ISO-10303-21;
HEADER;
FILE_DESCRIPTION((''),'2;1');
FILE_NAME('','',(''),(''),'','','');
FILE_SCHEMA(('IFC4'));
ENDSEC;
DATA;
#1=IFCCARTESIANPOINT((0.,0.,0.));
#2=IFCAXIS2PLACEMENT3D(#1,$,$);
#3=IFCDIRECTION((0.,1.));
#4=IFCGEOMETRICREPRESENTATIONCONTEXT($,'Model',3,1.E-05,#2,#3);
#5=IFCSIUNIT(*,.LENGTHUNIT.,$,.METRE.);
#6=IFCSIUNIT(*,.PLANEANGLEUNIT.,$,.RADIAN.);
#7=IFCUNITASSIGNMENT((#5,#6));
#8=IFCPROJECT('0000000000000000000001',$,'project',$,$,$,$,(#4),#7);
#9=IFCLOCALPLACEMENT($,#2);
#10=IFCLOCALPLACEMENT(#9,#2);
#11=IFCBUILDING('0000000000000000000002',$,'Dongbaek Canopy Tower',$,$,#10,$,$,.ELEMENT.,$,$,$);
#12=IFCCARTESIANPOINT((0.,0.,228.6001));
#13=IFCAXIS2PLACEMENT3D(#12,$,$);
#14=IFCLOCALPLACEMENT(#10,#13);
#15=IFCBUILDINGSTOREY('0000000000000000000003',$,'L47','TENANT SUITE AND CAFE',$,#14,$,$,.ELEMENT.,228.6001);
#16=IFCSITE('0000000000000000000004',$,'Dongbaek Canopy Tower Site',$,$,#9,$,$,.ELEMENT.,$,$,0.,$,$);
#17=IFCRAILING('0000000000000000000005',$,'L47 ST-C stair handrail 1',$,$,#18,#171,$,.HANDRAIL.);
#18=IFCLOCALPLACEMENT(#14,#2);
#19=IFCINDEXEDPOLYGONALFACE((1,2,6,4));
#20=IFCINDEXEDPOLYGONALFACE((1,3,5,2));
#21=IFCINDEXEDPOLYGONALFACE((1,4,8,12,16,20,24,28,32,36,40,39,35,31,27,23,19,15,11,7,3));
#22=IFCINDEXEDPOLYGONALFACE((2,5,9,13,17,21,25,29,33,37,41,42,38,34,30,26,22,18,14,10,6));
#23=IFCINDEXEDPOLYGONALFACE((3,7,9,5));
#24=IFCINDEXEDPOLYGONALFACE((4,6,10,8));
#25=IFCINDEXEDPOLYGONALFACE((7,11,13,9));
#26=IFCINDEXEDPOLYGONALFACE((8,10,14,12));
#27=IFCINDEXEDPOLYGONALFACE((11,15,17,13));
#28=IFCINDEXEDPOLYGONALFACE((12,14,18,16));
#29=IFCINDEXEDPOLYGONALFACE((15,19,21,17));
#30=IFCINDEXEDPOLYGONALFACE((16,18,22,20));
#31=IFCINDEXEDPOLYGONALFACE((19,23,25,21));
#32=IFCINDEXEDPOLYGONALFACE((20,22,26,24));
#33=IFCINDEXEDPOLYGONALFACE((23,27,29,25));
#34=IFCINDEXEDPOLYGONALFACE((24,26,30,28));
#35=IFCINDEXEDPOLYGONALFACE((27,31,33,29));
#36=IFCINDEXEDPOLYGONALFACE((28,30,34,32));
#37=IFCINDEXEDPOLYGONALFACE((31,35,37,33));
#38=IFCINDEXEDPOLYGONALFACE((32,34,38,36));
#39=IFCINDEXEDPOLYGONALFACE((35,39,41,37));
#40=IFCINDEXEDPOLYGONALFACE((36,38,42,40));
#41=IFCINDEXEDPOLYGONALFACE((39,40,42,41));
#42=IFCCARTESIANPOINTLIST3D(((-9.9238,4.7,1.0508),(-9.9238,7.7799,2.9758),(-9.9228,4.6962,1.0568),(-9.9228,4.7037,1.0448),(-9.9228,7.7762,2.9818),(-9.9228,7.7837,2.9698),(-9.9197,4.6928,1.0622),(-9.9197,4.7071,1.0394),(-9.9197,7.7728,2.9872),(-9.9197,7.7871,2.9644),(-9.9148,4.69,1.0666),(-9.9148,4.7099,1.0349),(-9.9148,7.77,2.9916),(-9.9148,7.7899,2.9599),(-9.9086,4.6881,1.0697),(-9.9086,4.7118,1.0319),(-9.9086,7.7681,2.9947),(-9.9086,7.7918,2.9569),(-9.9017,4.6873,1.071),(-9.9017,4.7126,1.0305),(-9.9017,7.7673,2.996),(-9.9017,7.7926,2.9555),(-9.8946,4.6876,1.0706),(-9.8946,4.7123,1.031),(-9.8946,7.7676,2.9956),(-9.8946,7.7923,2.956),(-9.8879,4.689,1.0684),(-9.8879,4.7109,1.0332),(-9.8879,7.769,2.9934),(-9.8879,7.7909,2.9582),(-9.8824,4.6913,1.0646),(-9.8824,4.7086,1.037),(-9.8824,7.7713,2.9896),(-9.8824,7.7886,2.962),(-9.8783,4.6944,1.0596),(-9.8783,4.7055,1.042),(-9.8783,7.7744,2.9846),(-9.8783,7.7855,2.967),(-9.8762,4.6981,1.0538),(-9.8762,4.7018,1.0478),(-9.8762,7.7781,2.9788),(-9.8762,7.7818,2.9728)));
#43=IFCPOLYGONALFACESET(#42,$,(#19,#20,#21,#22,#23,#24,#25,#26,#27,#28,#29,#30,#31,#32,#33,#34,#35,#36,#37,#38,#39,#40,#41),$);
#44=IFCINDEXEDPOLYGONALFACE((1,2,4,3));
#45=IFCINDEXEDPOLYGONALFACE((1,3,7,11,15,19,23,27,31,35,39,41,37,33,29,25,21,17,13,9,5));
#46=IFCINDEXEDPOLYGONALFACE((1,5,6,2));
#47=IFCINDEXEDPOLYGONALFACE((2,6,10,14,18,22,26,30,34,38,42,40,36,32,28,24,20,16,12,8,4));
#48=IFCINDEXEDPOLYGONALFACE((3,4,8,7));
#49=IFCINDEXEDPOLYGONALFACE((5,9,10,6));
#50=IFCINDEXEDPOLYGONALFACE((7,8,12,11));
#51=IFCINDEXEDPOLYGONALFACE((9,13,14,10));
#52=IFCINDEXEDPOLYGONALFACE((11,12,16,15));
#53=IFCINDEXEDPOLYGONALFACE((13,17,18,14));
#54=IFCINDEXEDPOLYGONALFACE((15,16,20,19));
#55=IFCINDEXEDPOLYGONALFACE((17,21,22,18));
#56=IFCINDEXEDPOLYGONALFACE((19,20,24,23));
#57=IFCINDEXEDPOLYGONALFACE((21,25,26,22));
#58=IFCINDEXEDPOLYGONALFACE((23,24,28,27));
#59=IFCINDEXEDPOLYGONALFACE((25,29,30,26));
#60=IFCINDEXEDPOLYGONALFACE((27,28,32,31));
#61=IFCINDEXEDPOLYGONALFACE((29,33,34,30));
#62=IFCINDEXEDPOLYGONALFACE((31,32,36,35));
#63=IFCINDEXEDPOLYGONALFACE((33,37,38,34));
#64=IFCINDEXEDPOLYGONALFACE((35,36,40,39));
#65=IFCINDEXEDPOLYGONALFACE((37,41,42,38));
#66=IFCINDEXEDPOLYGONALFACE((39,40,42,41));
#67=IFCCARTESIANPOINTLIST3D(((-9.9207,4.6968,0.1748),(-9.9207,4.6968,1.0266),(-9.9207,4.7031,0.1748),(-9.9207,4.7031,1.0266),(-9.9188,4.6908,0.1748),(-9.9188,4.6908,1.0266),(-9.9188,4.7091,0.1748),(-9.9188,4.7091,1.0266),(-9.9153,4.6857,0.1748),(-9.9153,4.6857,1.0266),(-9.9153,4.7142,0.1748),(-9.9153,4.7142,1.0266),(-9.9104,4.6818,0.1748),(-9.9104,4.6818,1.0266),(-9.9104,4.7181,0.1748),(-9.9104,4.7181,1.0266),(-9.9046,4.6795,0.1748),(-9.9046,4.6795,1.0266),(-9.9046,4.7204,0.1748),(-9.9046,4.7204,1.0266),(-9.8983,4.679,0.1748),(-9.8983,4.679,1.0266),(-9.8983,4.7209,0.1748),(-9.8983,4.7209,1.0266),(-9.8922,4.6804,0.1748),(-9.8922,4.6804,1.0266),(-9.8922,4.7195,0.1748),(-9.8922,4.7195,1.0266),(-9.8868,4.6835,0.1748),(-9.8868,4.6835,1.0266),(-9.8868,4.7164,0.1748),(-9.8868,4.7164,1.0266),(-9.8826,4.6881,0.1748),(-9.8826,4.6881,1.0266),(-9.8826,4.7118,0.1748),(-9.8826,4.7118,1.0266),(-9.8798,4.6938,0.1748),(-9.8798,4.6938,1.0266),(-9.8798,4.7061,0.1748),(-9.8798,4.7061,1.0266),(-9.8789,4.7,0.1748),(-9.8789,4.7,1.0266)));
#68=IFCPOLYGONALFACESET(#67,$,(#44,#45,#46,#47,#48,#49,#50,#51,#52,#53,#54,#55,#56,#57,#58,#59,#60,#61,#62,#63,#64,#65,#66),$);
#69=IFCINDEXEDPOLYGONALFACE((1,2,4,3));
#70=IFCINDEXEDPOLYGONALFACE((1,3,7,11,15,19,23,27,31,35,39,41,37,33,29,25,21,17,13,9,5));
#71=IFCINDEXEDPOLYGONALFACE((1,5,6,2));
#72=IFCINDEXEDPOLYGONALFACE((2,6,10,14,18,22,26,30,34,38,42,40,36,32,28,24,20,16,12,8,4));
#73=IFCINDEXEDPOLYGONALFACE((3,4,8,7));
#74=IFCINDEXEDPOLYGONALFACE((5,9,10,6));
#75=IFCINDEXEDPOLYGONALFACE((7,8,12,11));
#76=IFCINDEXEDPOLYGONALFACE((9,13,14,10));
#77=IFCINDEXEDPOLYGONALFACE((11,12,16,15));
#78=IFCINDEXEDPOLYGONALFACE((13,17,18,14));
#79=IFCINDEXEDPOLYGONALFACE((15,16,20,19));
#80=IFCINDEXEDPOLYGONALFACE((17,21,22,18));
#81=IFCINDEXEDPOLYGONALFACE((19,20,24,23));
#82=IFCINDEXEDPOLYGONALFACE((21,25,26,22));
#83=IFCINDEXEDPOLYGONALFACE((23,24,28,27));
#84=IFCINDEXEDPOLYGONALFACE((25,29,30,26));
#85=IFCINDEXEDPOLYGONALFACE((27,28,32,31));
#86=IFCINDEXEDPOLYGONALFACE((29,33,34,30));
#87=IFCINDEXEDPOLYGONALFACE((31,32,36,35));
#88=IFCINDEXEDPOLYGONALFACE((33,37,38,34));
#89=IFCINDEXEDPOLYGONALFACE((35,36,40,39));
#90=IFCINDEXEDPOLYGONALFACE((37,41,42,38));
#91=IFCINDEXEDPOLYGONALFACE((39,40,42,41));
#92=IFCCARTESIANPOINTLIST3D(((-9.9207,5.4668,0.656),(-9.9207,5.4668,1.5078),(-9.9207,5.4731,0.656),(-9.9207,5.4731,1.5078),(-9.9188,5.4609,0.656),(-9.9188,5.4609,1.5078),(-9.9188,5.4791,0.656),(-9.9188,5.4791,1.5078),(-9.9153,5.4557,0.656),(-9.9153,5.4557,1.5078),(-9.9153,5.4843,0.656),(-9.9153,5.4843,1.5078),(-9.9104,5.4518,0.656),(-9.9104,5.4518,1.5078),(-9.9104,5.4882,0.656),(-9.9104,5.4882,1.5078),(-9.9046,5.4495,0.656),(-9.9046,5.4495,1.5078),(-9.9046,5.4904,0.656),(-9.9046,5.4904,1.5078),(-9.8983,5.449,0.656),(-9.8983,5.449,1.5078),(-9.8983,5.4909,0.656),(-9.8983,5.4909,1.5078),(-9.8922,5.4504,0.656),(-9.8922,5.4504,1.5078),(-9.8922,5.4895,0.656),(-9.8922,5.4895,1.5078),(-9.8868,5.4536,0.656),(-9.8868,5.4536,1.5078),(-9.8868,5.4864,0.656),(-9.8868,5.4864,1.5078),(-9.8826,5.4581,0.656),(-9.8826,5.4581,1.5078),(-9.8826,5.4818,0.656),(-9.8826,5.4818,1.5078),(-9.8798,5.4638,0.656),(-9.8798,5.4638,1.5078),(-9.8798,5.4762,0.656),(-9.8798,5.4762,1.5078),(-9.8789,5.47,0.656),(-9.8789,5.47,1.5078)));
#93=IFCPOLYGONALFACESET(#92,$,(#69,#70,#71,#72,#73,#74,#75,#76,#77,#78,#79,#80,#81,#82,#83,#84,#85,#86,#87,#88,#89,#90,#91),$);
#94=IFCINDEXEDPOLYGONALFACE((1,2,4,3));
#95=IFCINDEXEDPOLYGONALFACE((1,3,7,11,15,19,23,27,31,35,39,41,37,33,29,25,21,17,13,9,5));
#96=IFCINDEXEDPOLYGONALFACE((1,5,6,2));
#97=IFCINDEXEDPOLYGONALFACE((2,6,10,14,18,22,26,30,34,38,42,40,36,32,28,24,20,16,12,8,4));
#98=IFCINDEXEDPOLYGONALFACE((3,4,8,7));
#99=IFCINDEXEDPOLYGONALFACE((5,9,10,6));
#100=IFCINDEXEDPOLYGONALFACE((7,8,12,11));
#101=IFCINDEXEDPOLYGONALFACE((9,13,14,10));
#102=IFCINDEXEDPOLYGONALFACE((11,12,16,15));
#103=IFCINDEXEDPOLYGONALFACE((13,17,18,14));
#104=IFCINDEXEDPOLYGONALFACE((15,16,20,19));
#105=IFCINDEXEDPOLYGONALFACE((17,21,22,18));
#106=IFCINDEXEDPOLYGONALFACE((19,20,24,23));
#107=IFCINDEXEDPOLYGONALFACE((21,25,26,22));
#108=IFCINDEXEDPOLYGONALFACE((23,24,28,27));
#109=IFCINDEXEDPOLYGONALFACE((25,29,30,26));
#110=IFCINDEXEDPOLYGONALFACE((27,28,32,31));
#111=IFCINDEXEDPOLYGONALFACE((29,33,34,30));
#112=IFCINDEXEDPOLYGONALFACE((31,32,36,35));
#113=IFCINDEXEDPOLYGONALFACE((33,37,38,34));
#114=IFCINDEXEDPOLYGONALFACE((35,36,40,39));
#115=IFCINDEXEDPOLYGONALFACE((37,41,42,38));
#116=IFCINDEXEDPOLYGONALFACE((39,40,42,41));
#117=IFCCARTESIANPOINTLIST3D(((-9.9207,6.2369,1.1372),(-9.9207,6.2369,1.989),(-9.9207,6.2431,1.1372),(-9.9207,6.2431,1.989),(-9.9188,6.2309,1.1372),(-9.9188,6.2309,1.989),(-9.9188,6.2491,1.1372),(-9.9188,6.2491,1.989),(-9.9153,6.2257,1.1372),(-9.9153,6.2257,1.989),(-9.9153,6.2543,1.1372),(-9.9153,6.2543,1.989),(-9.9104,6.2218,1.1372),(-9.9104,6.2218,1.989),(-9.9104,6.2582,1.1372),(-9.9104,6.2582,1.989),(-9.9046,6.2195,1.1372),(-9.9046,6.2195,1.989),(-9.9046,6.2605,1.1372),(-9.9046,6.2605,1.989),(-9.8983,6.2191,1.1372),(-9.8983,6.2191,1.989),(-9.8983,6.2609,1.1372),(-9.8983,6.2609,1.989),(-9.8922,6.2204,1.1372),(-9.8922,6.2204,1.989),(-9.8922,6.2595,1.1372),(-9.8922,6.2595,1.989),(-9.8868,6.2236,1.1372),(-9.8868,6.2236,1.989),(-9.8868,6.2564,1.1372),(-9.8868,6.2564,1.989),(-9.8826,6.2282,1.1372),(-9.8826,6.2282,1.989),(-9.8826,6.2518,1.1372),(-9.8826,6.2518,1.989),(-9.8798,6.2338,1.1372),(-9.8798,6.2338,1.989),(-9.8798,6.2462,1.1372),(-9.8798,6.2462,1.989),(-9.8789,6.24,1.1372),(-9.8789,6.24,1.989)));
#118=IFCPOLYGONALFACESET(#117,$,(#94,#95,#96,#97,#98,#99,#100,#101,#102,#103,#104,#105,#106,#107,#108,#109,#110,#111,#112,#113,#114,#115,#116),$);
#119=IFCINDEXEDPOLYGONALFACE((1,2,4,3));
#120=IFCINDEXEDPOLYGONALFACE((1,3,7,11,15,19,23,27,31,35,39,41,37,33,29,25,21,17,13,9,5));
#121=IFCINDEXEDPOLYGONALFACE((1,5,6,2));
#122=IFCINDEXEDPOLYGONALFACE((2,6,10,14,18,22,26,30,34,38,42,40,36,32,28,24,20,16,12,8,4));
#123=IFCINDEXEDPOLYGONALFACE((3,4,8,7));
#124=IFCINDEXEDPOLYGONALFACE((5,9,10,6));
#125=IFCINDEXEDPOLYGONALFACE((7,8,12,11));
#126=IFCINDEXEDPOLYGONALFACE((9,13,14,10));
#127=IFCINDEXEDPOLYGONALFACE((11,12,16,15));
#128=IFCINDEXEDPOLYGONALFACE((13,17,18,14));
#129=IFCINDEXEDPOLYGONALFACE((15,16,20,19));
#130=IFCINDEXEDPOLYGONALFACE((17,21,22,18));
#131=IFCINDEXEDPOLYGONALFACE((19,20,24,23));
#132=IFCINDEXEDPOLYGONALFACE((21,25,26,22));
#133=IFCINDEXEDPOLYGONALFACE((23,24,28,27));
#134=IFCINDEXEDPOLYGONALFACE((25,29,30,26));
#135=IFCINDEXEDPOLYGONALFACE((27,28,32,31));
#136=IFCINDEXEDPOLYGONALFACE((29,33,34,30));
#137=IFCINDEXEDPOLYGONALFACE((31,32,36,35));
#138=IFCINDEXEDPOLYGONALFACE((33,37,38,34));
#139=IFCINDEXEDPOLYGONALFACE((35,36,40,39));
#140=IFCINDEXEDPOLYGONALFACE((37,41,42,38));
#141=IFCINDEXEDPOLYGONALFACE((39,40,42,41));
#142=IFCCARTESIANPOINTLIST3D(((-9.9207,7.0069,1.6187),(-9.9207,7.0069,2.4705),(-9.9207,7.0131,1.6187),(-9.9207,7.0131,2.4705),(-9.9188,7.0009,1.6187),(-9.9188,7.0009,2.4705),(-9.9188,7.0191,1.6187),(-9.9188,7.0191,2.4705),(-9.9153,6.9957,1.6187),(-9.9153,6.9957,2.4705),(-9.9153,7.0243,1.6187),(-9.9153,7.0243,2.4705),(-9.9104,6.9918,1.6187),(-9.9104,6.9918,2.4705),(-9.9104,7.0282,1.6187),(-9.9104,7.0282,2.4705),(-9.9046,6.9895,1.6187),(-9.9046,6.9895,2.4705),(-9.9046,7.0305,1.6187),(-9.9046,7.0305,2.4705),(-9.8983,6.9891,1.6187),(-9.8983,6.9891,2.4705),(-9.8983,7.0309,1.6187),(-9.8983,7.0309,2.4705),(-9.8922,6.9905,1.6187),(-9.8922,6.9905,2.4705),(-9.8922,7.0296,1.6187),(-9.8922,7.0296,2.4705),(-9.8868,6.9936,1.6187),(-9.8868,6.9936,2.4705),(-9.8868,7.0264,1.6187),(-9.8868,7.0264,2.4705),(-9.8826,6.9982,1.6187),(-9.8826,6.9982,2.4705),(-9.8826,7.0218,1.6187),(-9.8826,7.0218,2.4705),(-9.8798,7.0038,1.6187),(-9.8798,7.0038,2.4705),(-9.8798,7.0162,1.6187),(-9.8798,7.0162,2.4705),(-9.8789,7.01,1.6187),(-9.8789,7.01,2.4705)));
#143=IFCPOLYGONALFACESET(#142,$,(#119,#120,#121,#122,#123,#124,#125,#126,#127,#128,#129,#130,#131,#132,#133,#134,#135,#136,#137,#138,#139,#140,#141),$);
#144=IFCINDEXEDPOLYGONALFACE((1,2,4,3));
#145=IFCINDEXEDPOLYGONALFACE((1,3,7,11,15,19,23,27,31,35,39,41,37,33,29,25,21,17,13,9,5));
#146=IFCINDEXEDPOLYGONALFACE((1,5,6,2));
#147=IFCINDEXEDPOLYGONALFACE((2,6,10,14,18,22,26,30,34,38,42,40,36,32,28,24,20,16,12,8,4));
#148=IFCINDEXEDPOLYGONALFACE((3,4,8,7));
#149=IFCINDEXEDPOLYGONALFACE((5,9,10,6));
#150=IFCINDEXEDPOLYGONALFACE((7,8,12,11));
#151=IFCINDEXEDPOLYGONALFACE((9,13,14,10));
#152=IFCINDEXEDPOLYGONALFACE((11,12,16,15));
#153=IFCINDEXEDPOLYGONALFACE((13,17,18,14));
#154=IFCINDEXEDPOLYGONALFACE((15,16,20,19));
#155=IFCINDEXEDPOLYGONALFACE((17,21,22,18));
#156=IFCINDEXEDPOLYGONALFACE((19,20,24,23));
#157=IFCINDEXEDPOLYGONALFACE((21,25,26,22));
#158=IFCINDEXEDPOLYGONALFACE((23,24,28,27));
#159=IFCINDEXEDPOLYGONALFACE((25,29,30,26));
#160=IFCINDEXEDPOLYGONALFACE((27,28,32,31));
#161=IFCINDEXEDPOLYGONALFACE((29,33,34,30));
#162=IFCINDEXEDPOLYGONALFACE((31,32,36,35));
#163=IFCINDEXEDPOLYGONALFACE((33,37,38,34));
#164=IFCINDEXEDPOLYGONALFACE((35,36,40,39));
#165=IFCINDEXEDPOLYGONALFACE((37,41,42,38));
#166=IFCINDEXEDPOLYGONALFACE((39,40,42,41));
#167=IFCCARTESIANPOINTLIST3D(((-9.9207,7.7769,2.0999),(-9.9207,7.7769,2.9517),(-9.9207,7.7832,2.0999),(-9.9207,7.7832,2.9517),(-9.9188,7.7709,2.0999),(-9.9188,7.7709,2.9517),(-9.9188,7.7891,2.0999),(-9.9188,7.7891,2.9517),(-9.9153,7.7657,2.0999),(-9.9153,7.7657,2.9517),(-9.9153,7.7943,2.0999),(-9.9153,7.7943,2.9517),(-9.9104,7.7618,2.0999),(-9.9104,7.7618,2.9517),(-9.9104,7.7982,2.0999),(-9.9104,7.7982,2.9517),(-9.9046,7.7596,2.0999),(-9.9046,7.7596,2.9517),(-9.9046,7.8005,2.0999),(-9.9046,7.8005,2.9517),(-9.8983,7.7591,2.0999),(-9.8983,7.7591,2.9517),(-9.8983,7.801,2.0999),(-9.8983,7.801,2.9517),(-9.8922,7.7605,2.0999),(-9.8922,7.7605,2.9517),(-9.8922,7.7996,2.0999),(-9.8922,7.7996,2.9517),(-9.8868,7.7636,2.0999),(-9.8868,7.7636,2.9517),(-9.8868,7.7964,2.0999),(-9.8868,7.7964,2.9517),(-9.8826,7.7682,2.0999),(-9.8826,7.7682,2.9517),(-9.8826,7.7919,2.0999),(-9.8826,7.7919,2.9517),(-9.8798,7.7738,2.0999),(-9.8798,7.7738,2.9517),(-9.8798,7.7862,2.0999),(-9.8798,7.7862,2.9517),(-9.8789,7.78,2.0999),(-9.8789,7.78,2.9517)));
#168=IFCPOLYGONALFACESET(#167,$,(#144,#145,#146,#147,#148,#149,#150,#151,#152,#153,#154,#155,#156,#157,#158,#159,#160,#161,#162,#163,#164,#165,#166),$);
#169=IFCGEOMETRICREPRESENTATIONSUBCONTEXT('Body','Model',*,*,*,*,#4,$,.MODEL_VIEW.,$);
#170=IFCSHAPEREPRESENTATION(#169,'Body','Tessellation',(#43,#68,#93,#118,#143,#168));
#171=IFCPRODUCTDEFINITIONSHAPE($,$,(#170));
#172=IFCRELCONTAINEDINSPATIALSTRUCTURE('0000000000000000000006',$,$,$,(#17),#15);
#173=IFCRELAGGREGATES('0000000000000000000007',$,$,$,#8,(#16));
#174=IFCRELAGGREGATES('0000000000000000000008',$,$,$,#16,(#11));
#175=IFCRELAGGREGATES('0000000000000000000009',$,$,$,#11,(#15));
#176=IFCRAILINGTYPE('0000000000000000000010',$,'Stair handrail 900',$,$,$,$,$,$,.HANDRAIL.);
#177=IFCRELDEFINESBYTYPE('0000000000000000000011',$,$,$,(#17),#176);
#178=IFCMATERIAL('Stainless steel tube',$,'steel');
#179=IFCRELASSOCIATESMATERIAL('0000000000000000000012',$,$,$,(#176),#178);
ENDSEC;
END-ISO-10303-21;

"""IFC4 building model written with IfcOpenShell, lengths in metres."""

from ifc_helpers import new_model, si_unit, direction, frame, origin, origin_2d, place, context, subcontext, project, spatial, circle, extrude, material, type_object, element, save


model = new_model("IFC4")

# Units and contexts
model_context = context("Model", 3, precision=1e-05, world=origin(), true_north=direction((0.0, 1.0)))
body_context = subcontext(model_context, "Body", "Model", "MODEL_VIEW")
ifc_project = project(units=[si_unit("LENGTHUNIT", "METRE"), si_unit("PLANEANGLEUNIT", "RADIAN")], contexts=[model_context])

# Site, building, storey
site_placement = place(None, origin())
site = spatial("IfcSite", under=ifc_project, at=site_placement, Name="Dongbaek Canopy Tower Site", CompositionType="ELEMENT", RefElevation=0.0)
building_placement = place(site_placement, origin())
building = spatial("IfcBuilding", under=site, at=building_placement, Name="Dongbaek Canopy Tower", CompositionType="ELEMENT")
storey_placement = place(building_placement, frame((0.0, 0.0, 228.6001)))
storey = spatial("IfcBuildingStorey", under=building, at=storey_placement, Name="L47", Description="TENANT SUITE AND CAFE", CompositionType="ELEMENT", Elevation=228.6001)

# Railing
ifc_material_1 = material(Name="Stainless steel tube", Category="steel")
railing_type_1 = type_object("IfcRailingType", Name="Stair handrail 900", PredefinedType="HANDRAIL", material=ifc_material_1)
railing_1_placement = place(storey_placement, frame((-9.8999, 4.7, 0.1748)))
element("IfcRailing", 1, at=railing_1_placement, inside=storey, type_object=railing_type_1, Name="L47 ST-C stair handrail 1", PredefinedType="HANDRAIL", context=body_context, shape_type="SweptSolid", body=[
    extrude(circle(Radius=0.0239, at=origin_2d()), frame((0.0, 0.0, 0.876), z_axis=(0.0, 0.847998, 0.529999), x_axis=(-1.0, 0.0, 0.0)), (0.0, 0.0, 1.0), 3.6321),
    extrude(circle(Radius=0.021, at=origin_2d()), origin(), (0.0, 0.0, 1.0), 0.8518),
    extrude(circle(Radius=0.021, at=origin_2d()), frame((0.0, 0.77, 0.4812)), (0.0, 0.0, 1.0), 0.8518),
    extrude(circle(Radius=0.021, at=origin_2d()), frame((0.0, 1.54, 0.9624)), (0.0, 0.0, 1.0), 0.8518),
    extrude(circle(Radius=0.021, at=origin_2d()), frame((0.0, 2.3101, 1.4438)), (0.0, 0.0, 1.0), 0.8518),
    extrude(circle(Radius=0.021, at=origin_2d()), frame((0.0, 3.0801, 1.925)), (0.0, 0.0, 1.0), 0.8518),
])

save(model, "model.ifc")
